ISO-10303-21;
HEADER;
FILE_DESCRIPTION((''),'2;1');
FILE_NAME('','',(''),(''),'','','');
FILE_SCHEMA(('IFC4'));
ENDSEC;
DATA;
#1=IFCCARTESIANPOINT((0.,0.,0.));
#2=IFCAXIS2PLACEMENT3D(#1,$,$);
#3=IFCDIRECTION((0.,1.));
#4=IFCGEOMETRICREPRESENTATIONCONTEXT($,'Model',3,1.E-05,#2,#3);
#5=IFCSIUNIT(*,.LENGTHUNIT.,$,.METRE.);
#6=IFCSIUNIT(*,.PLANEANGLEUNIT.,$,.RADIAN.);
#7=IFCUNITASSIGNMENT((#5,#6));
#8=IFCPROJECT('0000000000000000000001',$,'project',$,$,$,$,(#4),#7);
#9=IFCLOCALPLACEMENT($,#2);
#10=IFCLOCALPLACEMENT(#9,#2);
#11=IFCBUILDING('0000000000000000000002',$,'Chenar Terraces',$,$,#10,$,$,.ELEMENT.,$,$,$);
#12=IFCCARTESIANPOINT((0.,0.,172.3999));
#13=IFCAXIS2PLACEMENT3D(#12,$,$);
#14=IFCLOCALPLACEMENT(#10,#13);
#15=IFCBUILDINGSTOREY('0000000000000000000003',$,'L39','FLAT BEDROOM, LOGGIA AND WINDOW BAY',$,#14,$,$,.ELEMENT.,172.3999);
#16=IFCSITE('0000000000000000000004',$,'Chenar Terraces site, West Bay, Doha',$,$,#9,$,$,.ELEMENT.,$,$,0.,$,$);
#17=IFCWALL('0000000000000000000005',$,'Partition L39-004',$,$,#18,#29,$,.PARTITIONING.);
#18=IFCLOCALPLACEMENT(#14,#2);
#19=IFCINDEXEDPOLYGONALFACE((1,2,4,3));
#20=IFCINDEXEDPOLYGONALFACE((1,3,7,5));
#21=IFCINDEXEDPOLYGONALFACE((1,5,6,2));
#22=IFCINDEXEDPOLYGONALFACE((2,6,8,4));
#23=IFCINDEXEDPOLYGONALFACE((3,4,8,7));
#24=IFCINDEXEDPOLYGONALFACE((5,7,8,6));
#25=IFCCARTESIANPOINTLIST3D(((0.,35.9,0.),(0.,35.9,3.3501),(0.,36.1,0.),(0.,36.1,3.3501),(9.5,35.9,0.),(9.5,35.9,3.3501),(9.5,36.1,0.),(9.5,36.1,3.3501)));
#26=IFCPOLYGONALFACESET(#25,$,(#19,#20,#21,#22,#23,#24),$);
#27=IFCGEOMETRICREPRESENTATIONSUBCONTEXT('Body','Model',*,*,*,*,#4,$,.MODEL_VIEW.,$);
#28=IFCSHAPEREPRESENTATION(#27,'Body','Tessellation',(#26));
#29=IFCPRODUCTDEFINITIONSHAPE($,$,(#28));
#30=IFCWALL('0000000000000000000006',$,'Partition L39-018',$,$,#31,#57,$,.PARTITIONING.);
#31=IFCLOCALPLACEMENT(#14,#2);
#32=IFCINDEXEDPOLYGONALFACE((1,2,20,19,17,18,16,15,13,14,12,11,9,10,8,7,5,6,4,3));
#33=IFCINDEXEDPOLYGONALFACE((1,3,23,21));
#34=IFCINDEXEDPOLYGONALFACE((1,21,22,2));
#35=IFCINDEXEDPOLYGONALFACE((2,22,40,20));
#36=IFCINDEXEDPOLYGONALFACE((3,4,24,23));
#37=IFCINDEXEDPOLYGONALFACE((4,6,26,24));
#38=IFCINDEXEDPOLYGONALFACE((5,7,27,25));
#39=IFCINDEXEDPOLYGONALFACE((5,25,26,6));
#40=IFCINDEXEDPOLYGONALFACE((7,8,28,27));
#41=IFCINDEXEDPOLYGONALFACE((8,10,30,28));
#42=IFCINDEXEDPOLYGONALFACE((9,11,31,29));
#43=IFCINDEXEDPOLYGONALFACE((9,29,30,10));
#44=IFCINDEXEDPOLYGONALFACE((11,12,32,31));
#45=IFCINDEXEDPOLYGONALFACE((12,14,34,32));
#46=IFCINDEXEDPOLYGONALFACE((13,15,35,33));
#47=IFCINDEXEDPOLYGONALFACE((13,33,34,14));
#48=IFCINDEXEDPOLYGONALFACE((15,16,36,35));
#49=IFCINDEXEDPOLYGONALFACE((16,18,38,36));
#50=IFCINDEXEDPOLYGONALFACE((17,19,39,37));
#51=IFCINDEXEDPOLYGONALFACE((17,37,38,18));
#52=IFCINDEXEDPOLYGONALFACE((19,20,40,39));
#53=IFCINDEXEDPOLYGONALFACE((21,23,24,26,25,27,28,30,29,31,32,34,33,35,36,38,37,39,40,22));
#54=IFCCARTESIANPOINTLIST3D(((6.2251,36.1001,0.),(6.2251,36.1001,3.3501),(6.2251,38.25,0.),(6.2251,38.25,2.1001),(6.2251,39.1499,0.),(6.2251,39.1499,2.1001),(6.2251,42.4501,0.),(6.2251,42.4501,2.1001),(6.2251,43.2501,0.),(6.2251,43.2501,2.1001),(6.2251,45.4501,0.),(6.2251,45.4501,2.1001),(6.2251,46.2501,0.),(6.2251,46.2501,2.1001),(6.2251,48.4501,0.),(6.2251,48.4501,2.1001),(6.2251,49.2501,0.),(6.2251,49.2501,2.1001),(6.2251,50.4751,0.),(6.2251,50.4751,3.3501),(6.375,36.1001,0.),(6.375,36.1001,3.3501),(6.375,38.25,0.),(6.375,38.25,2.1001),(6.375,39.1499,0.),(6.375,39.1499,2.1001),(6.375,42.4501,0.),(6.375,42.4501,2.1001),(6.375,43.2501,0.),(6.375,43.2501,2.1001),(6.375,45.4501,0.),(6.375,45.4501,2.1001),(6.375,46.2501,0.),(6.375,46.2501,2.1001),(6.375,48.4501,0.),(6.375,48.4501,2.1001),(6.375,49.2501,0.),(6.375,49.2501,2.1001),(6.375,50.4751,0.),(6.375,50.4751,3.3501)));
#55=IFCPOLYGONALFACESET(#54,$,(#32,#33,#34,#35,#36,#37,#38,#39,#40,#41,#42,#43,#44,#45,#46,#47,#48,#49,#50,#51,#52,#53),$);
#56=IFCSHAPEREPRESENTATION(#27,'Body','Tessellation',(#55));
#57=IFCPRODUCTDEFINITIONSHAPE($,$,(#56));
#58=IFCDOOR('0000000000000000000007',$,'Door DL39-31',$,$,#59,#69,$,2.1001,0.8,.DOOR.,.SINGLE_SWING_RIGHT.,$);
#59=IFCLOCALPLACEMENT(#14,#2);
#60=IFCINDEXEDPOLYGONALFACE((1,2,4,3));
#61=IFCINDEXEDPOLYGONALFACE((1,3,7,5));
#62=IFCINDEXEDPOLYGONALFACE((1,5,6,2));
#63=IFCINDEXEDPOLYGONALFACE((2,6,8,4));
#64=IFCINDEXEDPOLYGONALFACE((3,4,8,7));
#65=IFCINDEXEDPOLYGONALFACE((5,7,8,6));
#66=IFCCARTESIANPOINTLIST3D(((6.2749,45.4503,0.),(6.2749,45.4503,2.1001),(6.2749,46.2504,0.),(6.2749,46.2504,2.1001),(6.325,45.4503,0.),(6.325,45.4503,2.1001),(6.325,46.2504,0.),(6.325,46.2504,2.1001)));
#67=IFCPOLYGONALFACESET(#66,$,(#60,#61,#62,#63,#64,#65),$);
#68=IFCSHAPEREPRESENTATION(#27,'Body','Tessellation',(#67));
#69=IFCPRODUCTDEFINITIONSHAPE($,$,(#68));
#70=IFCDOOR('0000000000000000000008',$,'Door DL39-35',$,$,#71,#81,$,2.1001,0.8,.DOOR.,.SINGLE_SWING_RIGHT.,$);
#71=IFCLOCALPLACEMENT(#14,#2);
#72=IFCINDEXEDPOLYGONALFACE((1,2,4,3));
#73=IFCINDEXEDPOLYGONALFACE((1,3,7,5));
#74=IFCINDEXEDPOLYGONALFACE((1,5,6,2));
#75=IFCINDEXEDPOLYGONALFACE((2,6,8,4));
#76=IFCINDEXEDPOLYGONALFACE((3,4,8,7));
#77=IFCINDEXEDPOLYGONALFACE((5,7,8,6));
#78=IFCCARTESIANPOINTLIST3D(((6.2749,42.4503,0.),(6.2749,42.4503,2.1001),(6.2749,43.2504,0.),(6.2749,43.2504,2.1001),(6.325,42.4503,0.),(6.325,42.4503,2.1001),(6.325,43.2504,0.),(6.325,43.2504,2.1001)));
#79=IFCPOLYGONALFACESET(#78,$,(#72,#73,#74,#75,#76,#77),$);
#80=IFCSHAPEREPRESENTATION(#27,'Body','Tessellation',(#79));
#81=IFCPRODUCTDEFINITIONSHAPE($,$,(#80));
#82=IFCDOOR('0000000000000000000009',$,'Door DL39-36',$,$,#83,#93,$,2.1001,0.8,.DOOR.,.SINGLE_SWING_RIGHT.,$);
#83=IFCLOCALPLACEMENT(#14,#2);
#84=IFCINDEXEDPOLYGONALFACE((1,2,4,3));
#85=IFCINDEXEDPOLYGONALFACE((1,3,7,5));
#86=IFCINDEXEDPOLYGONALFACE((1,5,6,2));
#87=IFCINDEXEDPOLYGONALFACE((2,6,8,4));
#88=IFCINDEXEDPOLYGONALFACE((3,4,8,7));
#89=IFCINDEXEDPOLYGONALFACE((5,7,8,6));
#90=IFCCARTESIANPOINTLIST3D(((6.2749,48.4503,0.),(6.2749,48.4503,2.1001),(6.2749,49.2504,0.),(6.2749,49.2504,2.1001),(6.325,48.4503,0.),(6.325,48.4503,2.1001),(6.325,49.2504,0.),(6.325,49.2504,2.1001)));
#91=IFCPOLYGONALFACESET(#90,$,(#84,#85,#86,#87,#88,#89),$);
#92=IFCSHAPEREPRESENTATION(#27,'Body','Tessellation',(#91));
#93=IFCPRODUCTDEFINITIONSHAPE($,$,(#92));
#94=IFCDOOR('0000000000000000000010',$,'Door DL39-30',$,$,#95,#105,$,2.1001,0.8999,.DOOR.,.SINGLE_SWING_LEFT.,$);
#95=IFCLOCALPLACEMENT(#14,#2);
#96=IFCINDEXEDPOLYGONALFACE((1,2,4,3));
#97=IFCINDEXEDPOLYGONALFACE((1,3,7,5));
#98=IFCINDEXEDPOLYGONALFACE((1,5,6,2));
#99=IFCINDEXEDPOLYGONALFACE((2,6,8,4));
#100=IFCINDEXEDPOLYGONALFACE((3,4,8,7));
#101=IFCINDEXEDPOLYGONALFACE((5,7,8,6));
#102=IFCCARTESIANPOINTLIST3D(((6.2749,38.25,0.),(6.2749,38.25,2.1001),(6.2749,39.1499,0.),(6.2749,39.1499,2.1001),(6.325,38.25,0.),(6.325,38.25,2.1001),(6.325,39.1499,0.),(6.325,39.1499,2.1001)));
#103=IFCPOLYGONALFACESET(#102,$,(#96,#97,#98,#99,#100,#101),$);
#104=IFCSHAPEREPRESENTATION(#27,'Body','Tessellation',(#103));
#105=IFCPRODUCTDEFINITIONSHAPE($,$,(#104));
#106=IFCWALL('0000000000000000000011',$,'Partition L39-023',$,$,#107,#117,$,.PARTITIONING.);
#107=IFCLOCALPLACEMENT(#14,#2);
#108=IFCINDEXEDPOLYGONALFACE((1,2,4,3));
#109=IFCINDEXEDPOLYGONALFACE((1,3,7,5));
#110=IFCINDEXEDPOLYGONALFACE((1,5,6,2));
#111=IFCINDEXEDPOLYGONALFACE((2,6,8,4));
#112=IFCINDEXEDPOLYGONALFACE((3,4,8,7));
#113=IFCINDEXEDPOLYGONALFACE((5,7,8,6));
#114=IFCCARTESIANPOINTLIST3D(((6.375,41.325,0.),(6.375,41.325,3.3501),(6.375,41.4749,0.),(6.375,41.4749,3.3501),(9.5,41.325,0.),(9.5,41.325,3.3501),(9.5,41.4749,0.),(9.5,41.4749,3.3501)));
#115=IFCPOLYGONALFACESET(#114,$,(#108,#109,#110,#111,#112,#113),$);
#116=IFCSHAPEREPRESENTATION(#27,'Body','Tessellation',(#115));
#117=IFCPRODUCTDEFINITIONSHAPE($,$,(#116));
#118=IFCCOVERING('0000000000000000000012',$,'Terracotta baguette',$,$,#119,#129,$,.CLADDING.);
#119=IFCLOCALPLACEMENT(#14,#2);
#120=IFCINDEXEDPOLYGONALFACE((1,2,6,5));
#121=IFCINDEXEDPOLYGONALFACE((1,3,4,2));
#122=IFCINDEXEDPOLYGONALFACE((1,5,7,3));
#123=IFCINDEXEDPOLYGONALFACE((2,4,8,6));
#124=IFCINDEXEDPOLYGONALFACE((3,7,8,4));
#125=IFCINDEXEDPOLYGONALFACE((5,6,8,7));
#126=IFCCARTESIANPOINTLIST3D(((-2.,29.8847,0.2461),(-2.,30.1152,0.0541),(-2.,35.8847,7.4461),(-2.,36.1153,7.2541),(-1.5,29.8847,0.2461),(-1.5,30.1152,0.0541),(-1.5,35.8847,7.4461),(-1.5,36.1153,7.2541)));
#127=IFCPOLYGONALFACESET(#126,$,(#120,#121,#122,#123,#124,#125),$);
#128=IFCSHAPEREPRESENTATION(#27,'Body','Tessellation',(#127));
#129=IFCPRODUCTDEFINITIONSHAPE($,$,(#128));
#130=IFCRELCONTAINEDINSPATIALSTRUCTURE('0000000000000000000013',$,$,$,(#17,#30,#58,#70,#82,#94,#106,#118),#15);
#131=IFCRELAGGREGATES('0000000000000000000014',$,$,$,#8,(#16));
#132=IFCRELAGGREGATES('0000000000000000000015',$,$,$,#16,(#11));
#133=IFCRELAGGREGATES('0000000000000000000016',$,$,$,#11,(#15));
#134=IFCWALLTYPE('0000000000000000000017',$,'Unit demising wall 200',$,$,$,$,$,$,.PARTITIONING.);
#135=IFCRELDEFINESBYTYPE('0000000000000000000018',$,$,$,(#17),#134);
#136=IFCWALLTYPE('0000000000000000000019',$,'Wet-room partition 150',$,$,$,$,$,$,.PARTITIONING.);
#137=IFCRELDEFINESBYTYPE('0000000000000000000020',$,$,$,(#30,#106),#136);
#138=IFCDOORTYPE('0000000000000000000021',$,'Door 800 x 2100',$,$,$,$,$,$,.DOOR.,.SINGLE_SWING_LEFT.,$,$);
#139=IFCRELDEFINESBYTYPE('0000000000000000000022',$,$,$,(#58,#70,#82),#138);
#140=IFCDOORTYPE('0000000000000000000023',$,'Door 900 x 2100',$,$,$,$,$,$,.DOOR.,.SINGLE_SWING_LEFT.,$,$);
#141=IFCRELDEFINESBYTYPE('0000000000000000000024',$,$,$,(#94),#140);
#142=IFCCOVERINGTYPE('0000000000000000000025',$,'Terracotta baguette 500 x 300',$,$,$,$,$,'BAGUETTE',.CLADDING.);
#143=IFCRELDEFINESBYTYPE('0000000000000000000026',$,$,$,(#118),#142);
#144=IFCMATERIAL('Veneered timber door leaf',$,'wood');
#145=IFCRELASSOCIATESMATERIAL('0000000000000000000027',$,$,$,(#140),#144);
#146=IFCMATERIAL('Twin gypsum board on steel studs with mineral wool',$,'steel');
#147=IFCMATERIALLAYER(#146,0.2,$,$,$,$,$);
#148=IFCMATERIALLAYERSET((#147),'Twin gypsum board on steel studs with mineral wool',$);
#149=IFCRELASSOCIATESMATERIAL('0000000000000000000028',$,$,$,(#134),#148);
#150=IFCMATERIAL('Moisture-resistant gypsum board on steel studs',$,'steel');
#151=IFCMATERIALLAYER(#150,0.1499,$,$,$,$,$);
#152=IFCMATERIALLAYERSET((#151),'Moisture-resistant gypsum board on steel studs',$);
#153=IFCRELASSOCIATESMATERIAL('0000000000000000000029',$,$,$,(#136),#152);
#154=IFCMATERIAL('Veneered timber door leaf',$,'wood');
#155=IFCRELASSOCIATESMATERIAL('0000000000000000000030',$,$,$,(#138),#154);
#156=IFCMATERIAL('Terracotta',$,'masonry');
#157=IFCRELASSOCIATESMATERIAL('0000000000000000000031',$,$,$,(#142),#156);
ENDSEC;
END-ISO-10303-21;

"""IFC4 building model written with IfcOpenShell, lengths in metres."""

from ifc_helpers import new_model, si_unit, direction, frame, frame_2d, origin, origin_2d, place, context, subcontext, project, spatial, rectangle, extrude, material, layer, layer_set, material_profile, profile_set, type_object, element, fill, save


model = new_model("IFC4")

# Units and contexts
model_context = context("Model", 3, precision=1e-05, world=origin(), true_north=direction((0.0, 1.0)))
body_context = subcontext(model_context, "Body", "Model", "MODEL_VIEW")
ifc_project = project(units=[si_unit("LENGTHUNIT", "METRE"), si_unit("PLANEANGLEUNIT", "RADIAN")], contexts=[model_context])

# Site, building, storey
site_placement = place(None, origin())
site = spatial("IfcSite", under=ifc_project, at=site_placement, Name="Chenar Terraces site, West Bay, Doha", CompositionType="ELEMENT", RefElevation=0.0)
building_placement = place(site_placement, origin())
building = spatial("IfcBuilding", under=site, at=building_placement, Name="Chenar Terraces", CompositionType="ELEMENT")
storey_placement = place(building_placement, frame((0.0, 0.0, 172.3999)))
storey = spatial("IfcBuildingStorey", under=building, at=storey_placement, Name="L39", Description="FLAT BEDROOM, LOGGIA AND WINDOW BAY", CompositionType="ELEMENT", Elevation=172.3999)

# Shared definitions
placement = place(storey_placement, frame((0.0, 36.0, 0.0), z_axis=(0.0, 0.0, 1.0), x_axis=(1.0, 0.0, 0.0)))

# Shared definitions
ifc_material_1 = material(Name="Veneered timber door leaf", Category="wood")
door_type_1 = type_object("IfcDoorType", Name="Door 900 x 2100", OperationType="SINGLE_SWING_LEFT", PredefinedType="DOOR", material=ifc_material_1)

# Wall
ifc_material_2 = material(Name="Twin gypsum board on steel studs with mineral wool", Category="steel")
ifc_layer_1 = layer(ifc_material_2, 0.2)
ifc_layer_set_1 = layer_set([ifc_layer_1], Name="Twin gypsum board on steel studs with mineral wool")
wall_type_1 = type_object("IfcWallType", Name="Unit demising wall 200", PredefinedType="PARTITIONING", material=ifc_layer_set_1)
element("IfcWall", 1, at=placement, inside=storey, type_object=wall_type_1, Name="Partition L39-004", PredefinedType="PARTITIONING", context=body_context, shape_type="SweptSolid", body=[
    extrude(rectangle(XDim=9.5, YDim=0.2, at=frame_2d((4.75, 0.0))), origin(), (0.0, 0.0, 1.0), 3.3501),
])

# Wall, openings, doors
ifc_material_3 = material(Name="Moisture-resistant gypsum board on steel studs", Category="steel")
ifc_layer_2 = layer(ifc_material_3, 0.1499)
ifc_layer_set_2 = layer_set([ifc_layer_2], Name="Moisture-resistant gypsum board on steel studs")
wall_type_2 = type_object("IfcWallType", Name="Wet-room partition 150", PredefinedType="PARTITIONING", material=ifc_layer_set_2)
wall_1_placement = place(storey_placement, frame((6.3, 36.1001, 0.0), z_axis=(0.0, 0.0, 1.0), x_axis=(0.0, 1.0, 0.0)))
wall_1 = element("IfcWall", 2, at=wall_1_placement, inside=storey, type_object=wall_type_2, Name="Partition L39-018", PredefinedType="PARTITIONING", context=body_context, shape_type="SweptSolid", body=[
    extrude(rectangle(XDim=14.375, YDim=0.1499, at=frame_2d((7.1875, 0.0))), origin(), (0.0, 0.0, 1.0), 3.3501),
])
opening_1_placement = place(wall_1_placement, frame((2.1499, 0.0, 0.0)))
opening_1 = element("IfcOpeningElement", 3, at=opening_1_placement, cuts=wall_1, PredefinedType="OPENING", context=body_context, shape_type="SweptSolid", body=[
    extrude(rectangle(XDim=0.8999, YDim=2.1001, at=frame_2d((0.45, 1.05))), frame((0.0, 0.085, 0.0), z_axis=(0.0, -1.0, 0.0), x_axis=(1.0, 0.0, 0.0)), (0.0, 0.0, 1.0), 0.1699),
])
opening_2_placement = place(wall_1_placement, frame((9.3501, 0.0, 0.0)))
opening_2 = element("IfcOpeningElement", 4, at=opening_2_placement, cuts=wall_1, PredefinedType="OPENING", context=body_context, shape_type="SweptSolid", body=[
    extrude(rectangle(XDim=0.8, YDim=2.1001, at=frame_2d((0.3999, 1.05))), frame((0.0, 0.085, 0.0), z_axis=(0.0, -1.0, 0.0), x_axis=(1.0, 0.0, 0.0)), (0.0, 0.0, 1.0), 0.1699),
])
opening_3_placement = place(wall_1_placement, frame((6.3501, 0.0, 0.0)))
opening_3 = element("IfcOpeningElement", 5, at=opening_3_placement, cuts=wall_1, PredefinedType="OPENING", context=body_context, shape_type="SweptSolid", body=[
    extrude(rectangle(XDim=0.8, YDim=2.1001, at=frame_2d((0.3999, 1.05))), frame((0.0, 0.085, 0.0), z_axis=(0.0, -1.0, 0.0), x_axis=(1.0, 0.0, 0.0)), (0.0, 0.0, 1.0), 0.1699),
])
opening_4_placement = place(wall_1_placement, frame((12.3501, 0.0, 0.0)))
opening_4 = element("IfcOpeningElement", 6, at=opening_4_placement, cuts=wall_1, PredefinedType="OPENING", context=body_context, shape_type="SweptSolid", body=[
    extrude(rectangle(XDim=0.8, YDim=2.1001, at=frame_2d((0.3999, 1.05))), frame((0.0, 0.085, 0.0), z_axis=(0.0, -1.0, 0.0), x_axis=(1.0, 0.0, 0.0)), (0.0, 0.0, 1.0), 0.1699),
])
ifc_material_4 = material(Name="Veneered timber door leaf", Category="wood")
door_type_2 = type_object("IfcDoorType", Name="Door 800 x 2100", OperationType="SINGLE_SWING_LEFT", PredefinedType="DOOR", material=ifc_material_4)
door_1_placement = place(opening_2_placement, frame((0.8, 0.0, 0.0), z_axis=(0.0, 0.0, 1.0), x_axis=(-1.0, 0.0, 0.0)))
door_1 = element("IfcDoor", 7, at=door_1_placement, inside=storey, type_object=door_type_2, Name="Door DL39-31", OperationType="SINGLE_SWING_RIGHT", OverallHeight=2.1001, OverallWidth=0.8, PredefinedType="DOOR", context=body_context, shape_type="SweptSolid", body=[
    extrude(rectangle(XDim=0.8, YDim=2.1001, at=frame_2d((0.3999, 1.05))), frame((0.0, 0.0249, 0.0), z_axis=(0.0, -1.0, 0.0), x_axis=(1.0, 0.0, 0.0)), (0.0, 0.0, 1.0), 0.05),
])
fill(opening_2, door_1)
door_2_placement = place(opening_3_placement, frame((0.8, 0.0, 0.0), z_axis=(0.0, 0.0, 1.0), x_axis=(-1.0, 0.0, 0.0)))
door_2 = element("IfcDoor", 8, at=door_2_placement, inside=storey, type_object=door_type_2, Name="Door DL39-35", OperationType="SINGLE_SWING_RIGHT", OverallHeight=2.1001, OverallWidth=0.8, PredefinedType="DOOR", context=body_context, shape_type="SweptSolid", body=[
    extrude(rectangle(XDim=0.8, YDim=2.1001, at=frame_2d((0.3999, 1.05))), frame((0.0, 0.0249, 0.0), z_axis=(0.0, -1.0, 0.0), x_axis=(1.0, 0.0, 0.0)), (0.0, 0.0, 1.0), 0.05),
])
fill(opening_3, door_2)
door_3_placement = place(opening_4_placement, frame((0.8, 0.0, 0.0), z_axis=(0.0, 0.0, 1.0), x_axis=(-1.0, 0.0, 0.0)))
door_3 = element("IfcDoor", 9, at=door_3_placement, inside=storey, type_object=door_type_2, Name="Door DL39-36", OperationType="SINGLE_SWING_RIGHT", OverallHeight=2.1001, OverallWidth=0.8, PredefinedType="DOOR", context=body_context, shape_type="SweptSolid", body=[
    extrude(rectangle(XDim=0.8, YDim=2.1001, at=frame_2d((0.3999, 1.05))), frame((0.0, 0.0249, 0.0), z_axis=(0.0, -1.0, 0.0), x_axis=(1.0, 0.0, 0.0)), (0.0, 0.0, 1.0), 0.05),
])
fill(opening_4, door_3)
door_4_placement = place(opening_1_placement, frame((0.8999, 0.0, 0.0), z_axis=(0.0, 0.0, 1.0), x_axis=(-1.0, 0.0, 0.0)))
door_4 = element("IfcDoor", 10, at=door_4_placement, inside=storey, type_object=door_type_1, Name="Door DL39-30", OperationType="SINGLE_SWING_LEFT", OverallHeight=2.1001, OverallWidth=0.8999, PredefinedType="DOOR", context=body_context, shape_type="SweptSolid", body=[
    extrude(rectangle(XDim=0.8999, YDim=2.1001, at=frame_2d((0.45, 1.05))), frame((0.0, 0.0249, 0.0), z_axis=(0.0, -1.0, 0.0), x_axis=(1.0, 0.0, 0.0)), (0.0, 0.0, 1.0), 0.05),
])
fill(opening_1, door_4)

# Wall
wall_2_placement = place(storey_placement, frame((6.375, 41.3999, 0.0), z_axis=(0.0, 0.0, 1.0), x_axis=(1.0, 0.0, 0.0)))
element("IfcWall", 11, at=wall_2_placement, inside=storey, type_object=wall_type_2, Name="Partition L39-023", PredefinedType="PARTITIONING", context=body_context, shape_type="SweptSolid", body=[
    extrude(rectangle(XDim=3.125, YDim=0.1499, at=frame_2d((1.5625, 0.0))), origin(), (0.0, 0.0, 1.0), 3.3501),
])

# Covering
ifc_material_5 = material(Name="Terracotta", Category="masonry")
ifc_material_profile_1 = material_profile(ifc_material_5, rectangle(XDim=0.5, YDim=0.3, at=origin_2d()), Name="Terracotta baguette 500 x 300")
ifc_profile_set_1 = profile_set([ifc_material_profile_1], Name="Terracotta")
covering_type = type_object("IfcCoveringType", Name="Terracotta baguette 500 x 300", ElementType="BAGUETTE", PredefinedType="CLADDING", material=ifc_profile_set_1)
covering_placement = place(storey_placement, frame((-1.75, 36.0, 7.3501), z_axis=(0.0, -0.640187, -0.768219), x_axis=(1.0, 0.0, 0.0)))
element("IfcCovering", 12, at=covering_placement, inside=storey, type_object=covering_type, Name="Terracotta baguette", PredefinedType="CLADDING", context=body_context, shape_type="SweptSolid", body=[
    extrude(rectangle(XDim=0.5, YDim=0.3, at=origin_2d()), origin(), (0.0, 0.0, 1.0), 9.3723),
])

save(model, "model.ifc")
